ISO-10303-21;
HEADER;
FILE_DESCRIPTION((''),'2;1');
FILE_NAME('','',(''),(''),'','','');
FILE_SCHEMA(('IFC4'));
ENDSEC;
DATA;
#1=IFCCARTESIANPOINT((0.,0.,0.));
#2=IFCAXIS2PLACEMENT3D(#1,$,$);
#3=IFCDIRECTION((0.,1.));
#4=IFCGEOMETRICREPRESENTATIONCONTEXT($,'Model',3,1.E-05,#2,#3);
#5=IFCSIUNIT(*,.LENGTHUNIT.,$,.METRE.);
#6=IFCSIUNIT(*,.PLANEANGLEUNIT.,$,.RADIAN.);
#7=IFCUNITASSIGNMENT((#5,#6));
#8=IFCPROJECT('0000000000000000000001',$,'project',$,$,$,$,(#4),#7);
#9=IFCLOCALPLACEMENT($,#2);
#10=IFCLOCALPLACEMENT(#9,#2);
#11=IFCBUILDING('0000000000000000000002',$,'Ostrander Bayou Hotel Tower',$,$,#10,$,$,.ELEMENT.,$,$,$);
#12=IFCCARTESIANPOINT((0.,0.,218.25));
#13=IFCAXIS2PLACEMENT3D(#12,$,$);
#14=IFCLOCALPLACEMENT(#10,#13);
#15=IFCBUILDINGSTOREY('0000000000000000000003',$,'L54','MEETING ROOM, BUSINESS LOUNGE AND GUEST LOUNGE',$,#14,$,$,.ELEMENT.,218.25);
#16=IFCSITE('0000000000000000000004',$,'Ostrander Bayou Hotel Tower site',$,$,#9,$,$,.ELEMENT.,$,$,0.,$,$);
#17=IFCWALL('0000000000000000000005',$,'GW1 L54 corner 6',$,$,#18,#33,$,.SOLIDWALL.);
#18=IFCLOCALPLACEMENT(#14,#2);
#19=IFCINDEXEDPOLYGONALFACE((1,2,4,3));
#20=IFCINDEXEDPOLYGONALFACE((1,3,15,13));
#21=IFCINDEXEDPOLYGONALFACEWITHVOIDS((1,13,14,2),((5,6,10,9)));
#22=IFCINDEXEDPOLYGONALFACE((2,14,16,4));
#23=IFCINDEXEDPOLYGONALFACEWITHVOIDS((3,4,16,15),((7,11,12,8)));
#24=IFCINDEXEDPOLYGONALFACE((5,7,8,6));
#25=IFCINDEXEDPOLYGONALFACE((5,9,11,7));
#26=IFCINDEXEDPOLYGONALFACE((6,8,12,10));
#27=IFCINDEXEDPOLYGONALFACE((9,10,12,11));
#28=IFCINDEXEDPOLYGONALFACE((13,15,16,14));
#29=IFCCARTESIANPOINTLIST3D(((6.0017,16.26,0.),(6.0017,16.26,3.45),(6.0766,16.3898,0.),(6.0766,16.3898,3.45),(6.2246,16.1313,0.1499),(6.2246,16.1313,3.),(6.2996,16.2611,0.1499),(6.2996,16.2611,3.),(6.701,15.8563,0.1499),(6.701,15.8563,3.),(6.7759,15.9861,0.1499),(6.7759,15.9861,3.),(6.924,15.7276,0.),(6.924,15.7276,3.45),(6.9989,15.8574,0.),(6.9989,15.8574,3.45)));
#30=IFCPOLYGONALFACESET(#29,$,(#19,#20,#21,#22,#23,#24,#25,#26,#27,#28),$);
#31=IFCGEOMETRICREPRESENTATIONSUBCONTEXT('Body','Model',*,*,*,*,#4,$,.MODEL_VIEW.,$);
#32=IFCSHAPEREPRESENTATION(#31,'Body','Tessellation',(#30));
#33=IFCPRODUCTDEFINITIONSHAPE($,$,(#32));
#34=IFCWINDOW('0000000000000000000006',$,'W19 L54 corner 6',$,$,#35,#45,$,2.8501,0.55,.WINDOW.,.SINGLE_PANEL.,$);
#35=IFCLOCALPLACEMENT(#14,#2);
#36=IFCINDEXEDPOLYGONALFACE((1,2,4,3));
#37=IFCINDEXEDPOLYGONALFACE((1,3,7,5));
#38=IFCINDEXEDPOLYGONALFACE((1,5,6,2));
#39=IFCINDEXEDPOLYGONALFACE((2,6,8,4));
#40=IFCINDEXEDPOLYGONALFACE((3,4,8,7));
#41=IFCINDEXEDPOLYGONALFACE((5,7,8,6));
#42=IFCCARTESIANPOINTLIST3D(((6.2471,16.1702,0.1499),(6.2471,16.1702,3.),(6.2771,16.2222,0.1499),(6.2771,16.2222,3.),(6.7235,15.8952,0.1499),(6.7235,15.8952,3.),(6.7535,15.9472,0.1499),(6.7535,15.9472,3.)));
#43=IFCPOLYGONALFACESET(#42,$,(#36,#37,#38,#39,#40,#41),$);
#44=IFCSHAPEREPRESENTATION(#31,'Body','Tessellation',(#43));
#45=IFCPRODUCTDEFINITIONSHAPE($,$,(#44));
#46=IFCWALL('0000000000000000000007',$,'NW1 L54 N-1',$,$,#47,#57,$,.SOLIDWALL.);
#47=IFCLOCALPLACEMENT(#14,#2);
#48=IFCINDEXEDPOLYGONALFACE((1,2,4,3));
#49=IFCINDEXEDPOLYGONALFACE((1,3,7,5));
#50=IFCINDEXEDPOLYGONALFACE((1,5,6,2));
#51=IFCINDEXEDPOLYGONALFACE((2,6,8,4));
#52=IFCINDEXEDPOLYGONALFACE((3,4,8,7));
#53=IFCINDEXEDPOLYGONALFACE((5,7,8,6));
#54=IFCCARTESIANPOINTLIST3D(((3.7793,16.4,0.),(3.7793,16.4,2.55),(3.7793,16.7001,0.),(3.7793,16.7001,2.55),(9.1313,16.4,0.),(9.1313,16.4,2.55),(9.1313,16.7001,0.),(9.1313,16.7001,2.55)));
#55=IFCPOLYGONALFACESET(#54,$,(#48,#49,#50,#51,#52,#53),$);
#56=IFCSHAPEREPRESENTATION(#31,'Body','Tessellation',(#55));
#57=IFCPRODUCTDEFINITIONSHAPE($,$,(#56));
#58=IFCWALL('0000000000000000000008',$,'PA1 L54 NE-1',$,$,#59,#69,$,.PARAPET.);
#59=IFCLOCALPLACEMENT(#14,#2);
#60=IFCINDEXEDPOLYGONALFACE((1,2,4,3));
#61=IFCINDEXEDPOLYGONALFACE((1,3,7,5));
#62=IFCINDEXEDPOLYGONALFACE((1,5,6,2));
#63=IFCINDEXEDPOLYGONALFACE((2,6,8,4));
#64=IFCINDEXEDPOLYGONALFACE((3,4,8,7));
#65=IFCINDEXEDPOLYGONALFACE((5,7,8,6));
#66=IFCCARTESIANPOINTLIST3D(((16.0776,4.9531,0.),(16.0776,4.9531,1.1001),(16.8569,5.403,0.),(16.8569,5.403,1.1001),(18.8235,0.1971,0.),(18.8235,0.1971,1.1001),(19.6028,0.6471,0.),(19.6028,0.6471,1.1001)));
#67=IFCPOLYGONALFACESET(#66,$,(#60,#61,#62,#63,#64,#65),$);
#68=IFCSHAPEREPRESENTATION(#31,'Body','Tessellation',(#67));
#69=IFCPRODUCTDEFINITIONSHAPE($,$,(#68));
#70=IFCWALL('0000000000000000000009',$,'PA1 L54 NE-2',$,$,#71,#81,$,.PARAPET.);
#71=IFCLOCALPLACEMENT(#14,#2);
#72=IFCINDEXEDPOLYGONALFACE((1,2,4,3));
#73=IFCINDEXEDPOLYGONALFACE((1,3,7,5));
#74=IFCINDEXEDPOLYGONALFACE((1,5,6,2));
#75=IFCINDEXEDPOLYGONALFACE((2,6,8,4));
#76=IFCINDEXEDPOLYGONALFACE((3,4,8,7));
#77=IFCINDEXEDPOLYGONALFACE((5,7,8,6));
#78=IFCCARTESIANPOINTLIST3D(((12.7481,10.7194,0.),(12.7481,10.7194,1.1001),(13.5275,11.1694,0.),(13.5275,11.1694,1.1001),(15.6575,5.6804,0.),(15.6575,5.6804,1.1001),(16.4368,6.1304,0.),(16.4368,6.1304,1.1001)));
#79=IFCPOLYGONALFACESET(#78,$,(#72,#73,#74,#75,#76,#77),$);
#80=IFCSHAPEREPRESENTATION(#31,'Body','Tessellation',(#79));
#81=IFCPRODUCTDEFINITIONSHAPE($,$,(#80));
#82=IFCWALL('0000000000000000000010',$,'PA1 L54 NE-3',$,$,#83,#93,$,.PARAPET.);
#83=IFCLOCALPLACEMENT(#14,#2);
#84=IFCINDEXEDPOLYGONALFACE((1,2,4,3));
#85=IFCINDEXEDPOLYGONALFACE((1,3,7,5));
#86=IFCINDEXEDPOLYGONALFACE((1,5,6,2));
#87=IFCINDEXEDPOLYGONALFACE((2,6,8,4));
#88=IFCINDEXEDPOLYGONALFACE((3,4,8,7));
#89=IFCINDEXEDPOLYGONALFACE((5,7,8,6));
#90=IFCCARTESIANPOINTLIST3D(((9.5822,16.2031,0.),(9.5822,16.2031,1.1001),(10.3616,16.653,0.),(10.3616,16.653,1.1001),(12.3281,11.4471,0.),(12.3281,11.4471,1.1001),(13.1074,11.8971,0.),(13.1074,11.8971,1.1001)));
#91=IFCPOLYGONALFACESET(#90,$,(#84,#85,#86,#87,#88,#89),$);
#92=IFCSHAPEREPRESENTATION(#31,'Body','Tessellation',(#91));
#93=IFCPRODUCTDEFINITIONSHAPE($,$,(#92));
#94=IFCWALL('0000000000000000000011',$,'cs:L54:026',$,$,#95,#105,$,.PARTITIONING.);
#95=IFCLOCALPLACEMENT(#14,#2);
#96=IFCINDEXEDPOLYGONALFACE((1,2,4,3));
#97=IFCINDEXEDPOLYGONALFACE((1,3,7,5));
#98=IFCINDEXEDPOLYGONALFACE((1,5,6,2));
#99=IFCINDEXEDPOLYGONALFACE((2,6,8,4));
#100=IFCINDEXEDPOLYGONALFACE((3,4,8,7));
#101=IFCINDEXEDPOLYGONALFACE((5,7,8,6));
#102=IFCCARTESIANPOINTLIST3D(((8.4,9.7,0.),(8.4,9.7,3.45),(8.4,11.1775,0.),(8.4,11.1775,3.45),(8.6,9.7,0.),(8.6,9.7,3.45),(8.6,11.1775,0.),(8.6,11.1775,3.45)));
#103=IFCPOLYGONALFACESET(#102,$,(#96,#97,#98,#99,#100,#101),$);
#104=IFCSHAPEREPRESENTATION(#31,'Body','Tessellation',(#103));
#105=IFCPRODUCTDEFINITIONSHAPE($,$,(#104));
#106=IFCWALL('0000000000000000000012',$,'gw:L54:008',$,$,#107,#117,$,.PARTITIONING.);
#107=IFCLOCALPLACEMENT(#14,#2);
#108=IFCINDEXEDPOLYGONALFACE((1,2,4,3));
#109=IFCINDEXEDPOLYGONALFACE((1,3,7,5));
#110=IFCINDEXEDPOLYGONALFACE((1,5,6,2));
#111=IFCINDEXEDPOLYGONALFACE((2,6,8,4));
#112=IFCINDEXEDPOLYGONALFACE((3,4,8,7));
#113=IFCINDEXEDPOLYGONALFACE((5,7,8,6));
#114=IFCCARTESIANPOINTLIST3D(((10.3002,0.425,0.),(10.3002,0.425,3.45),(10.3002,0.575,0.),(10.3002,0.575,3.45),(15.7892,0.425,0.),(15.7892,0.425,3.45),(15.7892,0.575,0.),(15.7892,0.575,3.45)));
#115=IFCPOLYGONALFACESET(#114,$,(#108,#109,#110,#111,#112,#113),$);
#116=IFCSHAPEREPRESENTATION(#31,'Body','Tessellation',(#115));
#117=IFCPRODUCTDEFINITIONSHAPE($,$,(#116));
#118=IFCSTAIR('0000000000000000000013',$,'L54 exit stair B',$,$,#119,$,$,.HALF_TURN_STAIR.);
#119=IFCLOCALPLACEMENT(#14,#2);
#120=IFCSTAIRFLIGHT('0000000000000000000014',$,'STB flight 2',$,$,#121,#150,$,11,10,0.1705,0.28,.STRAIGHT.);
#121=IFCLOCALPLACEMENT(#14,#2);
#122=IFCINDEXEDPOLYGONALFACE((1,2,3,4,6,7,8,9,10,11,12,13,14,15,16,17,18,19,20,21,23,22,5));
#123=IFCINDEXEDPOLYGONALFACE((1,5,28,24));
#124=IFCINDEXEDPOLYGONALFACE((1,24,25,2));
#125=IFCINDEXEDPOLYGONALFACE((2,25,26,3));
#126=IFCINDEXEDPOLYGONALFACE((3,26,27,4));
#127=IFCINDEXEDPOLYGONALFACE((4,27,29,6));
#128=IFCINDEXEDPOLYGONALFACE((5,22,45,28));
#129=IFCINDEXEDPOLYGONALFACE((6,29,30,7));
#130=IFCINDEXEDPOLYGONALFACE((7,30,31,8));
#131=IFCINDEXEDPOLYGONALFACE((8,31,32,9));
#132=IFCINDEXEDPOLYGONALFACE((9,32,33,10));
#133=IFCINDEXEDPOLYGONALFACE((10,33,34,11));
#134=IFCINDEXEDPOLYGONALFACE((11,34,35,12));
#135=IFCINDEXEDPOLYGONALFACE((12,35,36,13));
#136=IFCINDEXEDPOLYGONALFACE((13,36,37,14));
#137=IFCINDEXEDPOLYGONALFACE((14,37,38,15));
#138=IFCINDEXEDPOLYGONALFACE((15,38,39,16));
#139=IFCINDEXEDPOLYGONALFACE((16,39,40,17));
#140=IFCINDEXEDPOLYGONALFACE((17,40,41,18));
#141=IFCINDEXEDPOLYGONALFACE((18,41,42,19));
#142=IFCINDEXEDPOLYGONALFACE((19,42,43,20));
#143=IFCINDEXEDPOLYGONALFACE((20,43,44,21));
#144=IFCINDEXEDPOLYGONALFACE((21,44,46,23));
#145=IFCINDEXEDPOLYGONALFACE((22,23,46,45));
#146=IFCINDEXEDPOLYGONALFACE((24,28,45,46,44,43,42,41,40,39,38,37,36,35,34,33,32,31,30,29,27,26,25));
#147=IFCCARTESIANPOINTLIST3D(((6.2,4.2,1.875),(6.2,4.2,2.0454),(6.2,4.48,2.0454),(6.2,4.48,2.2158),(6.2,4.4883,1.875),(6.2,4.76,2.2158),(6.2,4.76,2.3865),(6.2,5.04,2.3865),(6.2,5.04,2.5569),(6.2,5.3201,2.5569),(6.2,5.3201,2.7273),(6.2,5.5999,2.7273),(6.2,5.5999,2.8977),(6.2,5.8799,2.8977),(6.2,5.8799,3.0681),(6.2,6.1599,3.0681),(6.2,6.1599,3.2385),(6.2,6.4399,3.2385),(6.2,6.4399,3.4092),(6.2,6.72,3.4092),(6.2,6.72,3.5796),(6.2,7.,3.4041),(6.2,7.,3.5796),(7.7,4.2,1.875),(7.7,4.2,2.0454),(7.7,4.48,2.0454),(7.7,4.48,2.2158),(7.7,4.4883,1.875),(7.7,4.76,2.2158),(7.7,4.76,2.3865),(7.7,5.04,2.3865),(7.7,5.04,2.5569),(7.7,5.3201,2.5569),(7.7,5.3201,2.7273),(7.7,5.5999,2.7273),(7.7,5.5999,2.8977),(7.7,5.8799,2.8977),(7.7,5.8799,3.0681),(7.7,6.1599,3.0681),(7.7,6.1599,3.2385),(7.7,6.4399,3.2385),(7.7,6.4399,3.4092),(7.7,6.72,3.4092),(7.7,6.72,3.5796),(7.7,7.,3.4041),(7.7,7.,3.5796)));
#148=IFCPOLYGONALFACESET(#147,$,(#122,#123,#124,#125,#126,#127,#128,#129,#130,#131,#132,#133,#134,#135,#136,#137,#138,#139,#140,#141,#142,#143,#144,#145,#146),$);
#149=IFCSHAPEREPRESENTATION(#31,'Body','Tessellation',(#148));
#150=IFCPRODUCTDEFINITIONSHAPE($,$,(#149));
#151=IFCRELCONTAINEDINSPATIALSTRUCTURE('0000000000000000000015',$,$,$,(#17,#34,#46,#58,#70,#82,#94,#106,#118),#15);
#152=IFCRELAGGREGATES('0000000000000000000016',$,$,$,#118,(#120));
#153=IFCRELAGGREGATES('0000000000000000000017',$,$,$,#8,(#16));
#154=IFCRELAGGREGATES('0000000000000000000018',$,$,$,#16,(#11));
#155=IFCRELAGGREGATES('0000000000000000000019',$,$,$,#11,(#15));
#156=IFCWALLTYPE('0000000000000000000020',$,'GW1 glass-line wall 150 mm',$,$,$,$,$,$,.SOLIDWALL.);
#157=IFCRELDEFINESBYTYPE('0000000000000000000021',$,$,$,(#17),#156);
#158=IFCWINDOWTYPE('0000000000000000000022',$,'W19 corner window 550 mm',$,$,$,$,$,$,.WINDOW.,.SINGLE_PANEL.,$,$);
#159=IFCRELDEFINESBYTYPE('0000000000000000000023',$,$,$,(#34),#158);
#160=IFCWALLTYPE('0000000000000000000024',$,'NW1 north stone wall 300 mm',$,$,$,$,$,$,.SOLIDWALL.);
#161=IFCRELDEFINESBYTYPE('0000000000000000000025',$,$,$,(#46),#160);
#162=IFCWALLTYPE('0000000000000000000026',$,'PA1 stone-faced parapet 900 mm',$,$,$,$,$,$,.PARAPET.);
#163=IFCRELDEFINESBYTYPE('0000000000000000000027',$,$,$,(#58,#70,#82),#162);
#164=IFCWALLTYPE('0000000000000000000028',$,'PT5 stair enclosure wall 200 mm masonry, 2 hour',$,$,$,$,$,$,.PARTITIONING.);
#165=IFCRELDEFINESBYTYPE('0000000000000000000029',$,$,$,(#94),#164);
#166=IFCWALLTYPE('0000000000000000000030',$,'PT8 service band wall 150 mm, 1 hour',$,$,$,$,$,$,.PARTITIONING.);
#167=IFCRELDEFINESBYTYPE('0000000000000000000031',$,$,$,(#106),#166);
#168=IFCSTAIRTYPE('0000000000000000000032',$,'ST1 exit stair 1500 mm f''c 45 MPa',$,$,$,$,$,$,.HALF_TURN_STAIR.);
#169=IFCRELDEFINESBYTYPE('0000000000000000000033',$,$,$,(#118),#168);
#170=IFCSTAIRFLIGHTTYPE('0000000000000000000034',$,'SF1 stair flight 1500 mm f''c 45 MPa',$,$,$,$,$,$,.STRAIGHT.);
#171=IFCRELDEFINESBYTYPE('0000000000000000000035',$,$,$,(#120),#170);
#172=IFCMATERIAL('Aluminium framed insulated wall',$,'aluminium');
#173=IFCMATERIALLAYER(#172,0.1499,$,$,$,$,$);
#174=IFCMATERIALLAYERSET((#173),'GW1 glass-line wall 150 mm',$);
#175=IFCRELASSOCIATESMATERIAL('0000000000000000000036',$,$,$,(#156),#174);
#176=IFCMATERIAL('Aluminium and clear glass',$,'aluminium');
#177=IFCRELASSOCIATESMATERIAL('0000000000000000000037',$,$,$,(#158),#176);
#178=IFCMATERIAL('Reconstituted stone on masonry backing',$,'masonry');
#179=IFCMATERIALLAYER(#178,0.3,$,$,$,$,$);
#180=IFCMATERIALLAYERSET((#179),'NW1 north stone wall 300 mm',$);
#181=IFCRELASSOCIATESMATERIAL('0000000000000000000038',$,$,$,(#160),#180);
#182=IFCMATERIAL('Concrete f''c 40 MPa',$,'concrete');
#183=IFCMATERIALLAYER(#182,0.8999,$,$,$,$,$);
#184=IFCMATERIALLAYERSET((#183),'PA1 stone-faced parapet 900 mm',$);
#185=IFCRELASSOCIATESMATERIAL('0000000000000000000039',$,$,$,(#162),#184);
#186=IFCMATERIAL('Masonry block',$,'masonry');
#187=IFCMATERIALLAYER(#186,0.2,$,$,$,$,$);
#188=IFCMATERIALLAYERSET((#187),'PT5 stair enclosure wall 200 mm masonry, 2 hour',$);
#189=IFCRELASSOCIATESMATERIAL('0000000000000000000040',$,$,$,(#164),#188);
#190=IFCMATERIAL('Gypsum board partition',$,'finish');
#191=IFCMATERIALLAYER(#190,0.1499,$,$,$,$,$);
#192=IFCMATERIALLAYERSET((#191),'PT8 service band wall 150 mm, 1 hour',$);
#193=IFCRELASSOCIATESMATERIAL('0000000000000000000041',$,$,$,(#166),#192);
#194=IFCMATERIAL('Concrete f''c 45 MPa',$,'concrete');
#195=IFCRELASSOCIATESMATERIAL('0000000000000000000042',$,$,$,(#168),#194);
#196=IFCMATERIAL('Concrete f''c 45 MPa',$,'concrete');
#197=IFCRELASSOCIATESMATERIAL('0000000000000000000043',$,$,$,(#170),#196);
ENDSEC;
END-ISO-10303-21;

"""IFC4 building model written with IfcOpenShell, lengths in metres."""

from ifc_helpers import new_model, si_unit, direction, frame, frame_2d, origin, place, context, subcontext, project, spatial, polyline, rectangle, outline, extrude, material, layer, layer_set, type_object, element, fill, aggregate, save


model = new_model("IFC4")

# Units and contexts
model_context = context("Model", 3, precision=1e-05, world=origin(), true_north=direction((0.0, 1.0)))
body_context = subcontext(model_context, "Body", "Model", "MODEL_VIEW")
ifc_project = project(units=[si_unit("LENGTHUNIT", "METRE"), si_unit("PLANEANGLEUNIT", "RADIAN")], contexts=[model_context])

# Site, building, storey
site_placement = place(None, origin())
site = spatial("IfcSite", under=ifc_project, at=site_placement, Name="Ostrander Bayou Hotel Tower site", CompositionType="ELEMENT", RefElevation=0.0)
building_placement = place(site_placement, origin())
building = spatial("IfcBuilding", under=site, at=building_placement, Name="Ostrander Bayou Hotel Tower", CompositionType="ELEMENT")
storey_placement = place(building_placement, frame((0.0, 0.0, 218.25)))
storey = spatial("IfcBuildingStorey", under=building, at=storey_placement, Name="L54", Description="MEETING ROOM, BUSINESS LOUNGE AND GUEST LOUNGE", CompositionType="ELEMENT", Elevation=218.25)

# Shared definitions
ifc_material_1 = material(Name="Aluminium framed insulated wall", Category="aluminium")
ifc_layer_1 = layer(ifc_material_1, 0.1499)
ifc_layer_set_1 = layer_set([ifc_layer_1], Name="GW1 glass-line wall 150 mm")
wall_type_1 = type_object("IfcWallType", Name="GW1 glass-line wall 150 mm", PredefinedType="SOLIDWALL", material=ifc_layer_set_1)

# Wall, opening, window
wall_1_placement = place(storey_placement, frame((6.9614, 15.7925, 0.0), z_axis=(0.0, 0.0, 1.0), x_axis=(-0.866048, 0.499961, 0.0)))
wall_1 = element("IfcWall", 1, at=wall_1_placement, inside=storey, type_object=wall_type_1, Name="GW1 L54 corner 6", PredefinedType="SOLIDWALL", context=body_context, shape_type="SweptSolid", body=[
    extrude(rectangle(XDim=1.0649, YDim=0.1499, at=frame_2d((0.5325, 0.0))), origin(), (0.0, 0.0, 1.0), 3.45),
])
opening_1_placement = place(wall_1_placement, frame((0.2576, 0.0, 0.1499)))
opening_1 = element("IfcOpeningElement", 2, at=opening_1_placement, cuts=wall_1, PredefinedType="OPENING", context=body_context, shape_type="SweptSolid", body=[
    extrude(rectangle(XDim=0.55, YDim=2.8501, at=frame_2d((0.2749, 1.425))), frame((0.0, 0.075, 0.0), z_axis=(0.0, -1.0, 0.0), x_axis=(1.0, 0.0, 0.0)), (0.0, 0.0, 1.0), 0.1499),
])
ifc_material_2 = material(Name="Aluminium and clear glass", Category="aluminium")
window_type_1 = type_object("IfcWindowType", Name="W19 corner window 550 mm", PartitioningType="SINGLE_PANEL", PredefinedType="WINDOW", material=ifc_material_2)
window_1_placement = place(opening_1_placement, origin())
window_1 = element("IfcWindow", 3, at=window_1_placement, inside=storey, type_object=window_type_1, Name="W19 L54 corner 6", OverallHeight=2.8501, OverallWidth=0.55, PartitioningType="SINGLE_PANEL", PredefinedType="WINDOW", context=body_context, shape_type="SweptSolid", body=[
    extrude(rectangle(XDim=0.55, YDim=2.8501, at=frame_2d((0.2749, 1.425))), frame((0.0, 0.03, 0.0), z_axis=(0.0, -1.0, 0.0), x_axis=(1.0, 0.0, 0.0)), (0.0, 0.0, 1.0), 0.0601),
])
fill(opening_1, window_1)

# Walls
ifc_material_3 = material(Name="Reconstituted stone on masonry backing", Category="masonry")
ifc_layer_2 = layer(ifc_material_3, 0.3)
ifc_layer_set_2 = layer_set([ifc_layer_2], Name="NW1 north stone wall 300 mm")
wall_type_2 = type_object("IfcWallType", Name="NW1 north stone wall 300 mm", PredefinedType="SOLIDWALL", material=ifc_layer_set_2)
wall_2_placement = place(storey_placement, frame((9.1313, 16.55, 0.0), z_axis=(0.0, 0.0, 1.0), x_axis=(-1.0, 0.0, 0.0)))
element("IfcWall", 4, at=wall_2_placement, inside=storey, type_object=wall_type_2, Name="NW1 L54 N-1", PredefinedType="SOLIDWALL", context=body_context, shape_type="SweptSolid", body=[
    extrude(rectangle(XDim=5.3521, YDim=0.3, at=frame_2d((2.676, 0.0))), origin(), (0.0, 0.0, 1.0), 2.55),
])
ifc_material_4 = material(Name="Concrete f'c 40 MPa", Category="concrete")
ifc_layer_3 = layer(ifc_material_4, 0.8999)
ifc_layer_set_3 = layer_set([ifc_layer_3], Name="PA1 stone-faced parapet 900 mm")
wall_type_3 = type_object("IfcWallType", Name="PA1 stone-faced parapet 900 mm", PredefinedType="PARAPET", material=ifc_layer_set_3)
wall_3_placement = place(storey_placement, frame((19.2131, 0.4221, 0.0), z_axis=(0.0, 0.0, 1.0), x_axis=(-0.500007, 0.866021, 0.0)))
element("IfcWall", 5, at=wall_3_placement, inside=storey, type_object=wall_type_3, Name="PA1 L54 NE-1", PredefinedType="PARAPET", context=body_context, shape_type="SweptSolid", body=[
    extrude(rectangle(XDim=5.4917, YDim=0.8999, at=frame_2d((2.7458, 0.0))), origin(), (0.0, 0.0, 1.0), 1.1001),
])
wall_4_placement = place(storey_placement, frame((16.0471, 5.9055, 0.0), z_axis=(0.0, 0.0, 1.0), x_axis=(-0.500015, 0.866016, 0.0)))
element("IfcWall", 6, at=wall_4_placement, inside=storey, type_object=wall_type_3, Name="PA1 L54 NE-2", PredefinedType="PARAPET", context=body_context, shape_type="SweptSolid", body=[
    extrude(rectangle(XDim=5.8186, YDim=0.8999, at=frame_2d((2.9092, 0.0))), origin(), (0.0, 0.0, 1.0), 1.1001),
])
wall_5_placement = place(storey_placement, frame((12.7178, 11.6721, 0.0), z_axis=(0.0, 0.0, 1.0), x_axis=(-0.500007, 0.866021, 0.0)))
element("IfcWall", 7, at=wall_5_placement, inside=storey, type_object=wall_type_3, Name="PA1 L54 NE-3", PredefinedType="PARAPET", context=body_context, shape_type="SweptSolid", body=[
    extrude(rectangle(XDim=5.4917, YDim=0.8999, at=frame_2d((2.7458, 0.0))), origin(), (0.0, 0.0, 1.0), 1.1001),
])
ifc_material_5 = material(Name="Masonry block", Category="masonry")
ifc_layer_4 = layer(ifc_material_5, 0.2)
ifc_layer_set_4 = layer_set([ifc_layer_4], Name="PT5 stair enclosure wall 200 mm masonry, 2 hour")
wall_type_4 = type_object("IfcWallType", Name="PT5 stair enclosure wall 200 mm masonry, 2 hour", PredefinedType="PARTITIONING", material=ifc_layer_set_4)
wall_6_placement = place(storey_placement, frame((8.5, 9.7, 0.0), z_axis=(0.0, 0.0, 1.0), x_axis=(0.0, 1.0, 0.0)))
element("IfcWall", 8, at=wall_6_placement, inside=storey, type_object=wall_type_4, Name="cs:L54:026", PredefinedType="PARTITIONING", context=body_context, shape_type="SweptSolid", body=[
    extrude(rectangle(XDim=1.4775, YDim=0.2, at=frame_2d((0.7388, 0.0))), origin(), (0.0, 0.0, 1.0), 3.45),
])
ifc_material_6 = material(Name="Gypsum board partition", Category="finish")
ifc_layer_5 = layer(ifc_material_6, 0.1499)
ifc_layer_set_5 = layer_set([ifc_layer_5], Name="PT8 service band wall 150 mm, 1 hour")
wall_type_5 = type_object("IfcWallType", Name="PT8 service band wall 150 mm, 1 hour", PredefinedType="PARTITIONING", material=ifc_layer_set_5)
wall_7_placement = place(storey_placement, frame((10.3, 0.5, 0.0), z_axis=(0.0, 0.0, 1.0), x_axis=(1.0, 0.0, 0.0)))
element("IfcWall", 9, at=wall_7_placement, inside=storey, type_object=wall_type_5, Name="gw:L54:008", PredefinedType="PARTITIONING", context=body_context, shape_type="SweptSolid", body=[
    extrude(rectangle(XDim=5.489, YDim=0.1499, at=frame_2d((2.7446, 0.0))), origin(), (0.0, 0.0, 1.0), 3.45),
])

# Stair, stair flight
ifc_material_7 = material(Name="Concrete f'c 45 MPa", Category="concrete")
stair_type = type_object("IfcStairType", Name="ST1 exit stair 1500 mm f'c 45 MPa", PredefinedType="HALF_TURN_STAIR", material=ifc_material_7)
stair_placement = place(storey_placement, origin())
stair = element("IfcStair", 10, at=stair_placement, inside=storey, type_object=stair_type, Name="L54 exit stair B", PredefinedType="HALF_TURN_STAIR")
ifc_material_8 = material(Name="Concrete f'c 45 MPa", Category="concrete")
stair_flight_type = type_object("IfcStairFlightType", Name="SF1 stair flight 1500 mm f'c 45 MPa", PredefinedType="STRAIGHT", material=ifc_material_8)
stair_flight_placement = place(storey_placement, frame((6.95, 4.2, 1.875), z_axis=(0.0, 0.0, 1.0), x_axis=(0.0, 1.0, 0.0)))
stair_flight = element("IfcStairFlight", 11, at=stair_flight_placement, type_object=stair_flight_type, Name="STB flight 2", NumberOfRisers=11, NumberOfTreads=10, PredefinedType="STRAIGHT", RiserHeight=0.1705, TreadLength=0.28, context=body_context, shape_type="SweptSolid", body=[
    extrude(outline(polyline([(0.0, 0.0), (0.0, 0.1704), (0.28, 0.1704), (0.28, 0.3408), (0.5601, 0.3408), (0.5601, 0.5115), (0.8401, 0.5115), (0.8401, 0.6819), (1.1201, 0.6819), (1.1201, 0.8523), (1.3999, 0.8523), (1.3999, 1.0227), (1.6799, 1.0227), (1.6799, 1.1931), (1.96, 1.1931), (1.96, 1.3635), (2.24, 1.3635), (2.24, 1.5342), (2.52, 1.5342), (2.52, 1.7046), (2.8, 1.7046), (2.8, 1.875), (2.8, 1.5291), (0.2883, 0.0), (0.0, 0.0)])), frame((0.0, 0.75, 0.0), z_axis=(0.0, -1.0, 0.0), x_axis=(1.0, 0.0, 0.0)), (0.0, 0.0, 1.0), 1.5),
])
aggregate(stair, [stair_flight])

save(model, "model.ifc")
